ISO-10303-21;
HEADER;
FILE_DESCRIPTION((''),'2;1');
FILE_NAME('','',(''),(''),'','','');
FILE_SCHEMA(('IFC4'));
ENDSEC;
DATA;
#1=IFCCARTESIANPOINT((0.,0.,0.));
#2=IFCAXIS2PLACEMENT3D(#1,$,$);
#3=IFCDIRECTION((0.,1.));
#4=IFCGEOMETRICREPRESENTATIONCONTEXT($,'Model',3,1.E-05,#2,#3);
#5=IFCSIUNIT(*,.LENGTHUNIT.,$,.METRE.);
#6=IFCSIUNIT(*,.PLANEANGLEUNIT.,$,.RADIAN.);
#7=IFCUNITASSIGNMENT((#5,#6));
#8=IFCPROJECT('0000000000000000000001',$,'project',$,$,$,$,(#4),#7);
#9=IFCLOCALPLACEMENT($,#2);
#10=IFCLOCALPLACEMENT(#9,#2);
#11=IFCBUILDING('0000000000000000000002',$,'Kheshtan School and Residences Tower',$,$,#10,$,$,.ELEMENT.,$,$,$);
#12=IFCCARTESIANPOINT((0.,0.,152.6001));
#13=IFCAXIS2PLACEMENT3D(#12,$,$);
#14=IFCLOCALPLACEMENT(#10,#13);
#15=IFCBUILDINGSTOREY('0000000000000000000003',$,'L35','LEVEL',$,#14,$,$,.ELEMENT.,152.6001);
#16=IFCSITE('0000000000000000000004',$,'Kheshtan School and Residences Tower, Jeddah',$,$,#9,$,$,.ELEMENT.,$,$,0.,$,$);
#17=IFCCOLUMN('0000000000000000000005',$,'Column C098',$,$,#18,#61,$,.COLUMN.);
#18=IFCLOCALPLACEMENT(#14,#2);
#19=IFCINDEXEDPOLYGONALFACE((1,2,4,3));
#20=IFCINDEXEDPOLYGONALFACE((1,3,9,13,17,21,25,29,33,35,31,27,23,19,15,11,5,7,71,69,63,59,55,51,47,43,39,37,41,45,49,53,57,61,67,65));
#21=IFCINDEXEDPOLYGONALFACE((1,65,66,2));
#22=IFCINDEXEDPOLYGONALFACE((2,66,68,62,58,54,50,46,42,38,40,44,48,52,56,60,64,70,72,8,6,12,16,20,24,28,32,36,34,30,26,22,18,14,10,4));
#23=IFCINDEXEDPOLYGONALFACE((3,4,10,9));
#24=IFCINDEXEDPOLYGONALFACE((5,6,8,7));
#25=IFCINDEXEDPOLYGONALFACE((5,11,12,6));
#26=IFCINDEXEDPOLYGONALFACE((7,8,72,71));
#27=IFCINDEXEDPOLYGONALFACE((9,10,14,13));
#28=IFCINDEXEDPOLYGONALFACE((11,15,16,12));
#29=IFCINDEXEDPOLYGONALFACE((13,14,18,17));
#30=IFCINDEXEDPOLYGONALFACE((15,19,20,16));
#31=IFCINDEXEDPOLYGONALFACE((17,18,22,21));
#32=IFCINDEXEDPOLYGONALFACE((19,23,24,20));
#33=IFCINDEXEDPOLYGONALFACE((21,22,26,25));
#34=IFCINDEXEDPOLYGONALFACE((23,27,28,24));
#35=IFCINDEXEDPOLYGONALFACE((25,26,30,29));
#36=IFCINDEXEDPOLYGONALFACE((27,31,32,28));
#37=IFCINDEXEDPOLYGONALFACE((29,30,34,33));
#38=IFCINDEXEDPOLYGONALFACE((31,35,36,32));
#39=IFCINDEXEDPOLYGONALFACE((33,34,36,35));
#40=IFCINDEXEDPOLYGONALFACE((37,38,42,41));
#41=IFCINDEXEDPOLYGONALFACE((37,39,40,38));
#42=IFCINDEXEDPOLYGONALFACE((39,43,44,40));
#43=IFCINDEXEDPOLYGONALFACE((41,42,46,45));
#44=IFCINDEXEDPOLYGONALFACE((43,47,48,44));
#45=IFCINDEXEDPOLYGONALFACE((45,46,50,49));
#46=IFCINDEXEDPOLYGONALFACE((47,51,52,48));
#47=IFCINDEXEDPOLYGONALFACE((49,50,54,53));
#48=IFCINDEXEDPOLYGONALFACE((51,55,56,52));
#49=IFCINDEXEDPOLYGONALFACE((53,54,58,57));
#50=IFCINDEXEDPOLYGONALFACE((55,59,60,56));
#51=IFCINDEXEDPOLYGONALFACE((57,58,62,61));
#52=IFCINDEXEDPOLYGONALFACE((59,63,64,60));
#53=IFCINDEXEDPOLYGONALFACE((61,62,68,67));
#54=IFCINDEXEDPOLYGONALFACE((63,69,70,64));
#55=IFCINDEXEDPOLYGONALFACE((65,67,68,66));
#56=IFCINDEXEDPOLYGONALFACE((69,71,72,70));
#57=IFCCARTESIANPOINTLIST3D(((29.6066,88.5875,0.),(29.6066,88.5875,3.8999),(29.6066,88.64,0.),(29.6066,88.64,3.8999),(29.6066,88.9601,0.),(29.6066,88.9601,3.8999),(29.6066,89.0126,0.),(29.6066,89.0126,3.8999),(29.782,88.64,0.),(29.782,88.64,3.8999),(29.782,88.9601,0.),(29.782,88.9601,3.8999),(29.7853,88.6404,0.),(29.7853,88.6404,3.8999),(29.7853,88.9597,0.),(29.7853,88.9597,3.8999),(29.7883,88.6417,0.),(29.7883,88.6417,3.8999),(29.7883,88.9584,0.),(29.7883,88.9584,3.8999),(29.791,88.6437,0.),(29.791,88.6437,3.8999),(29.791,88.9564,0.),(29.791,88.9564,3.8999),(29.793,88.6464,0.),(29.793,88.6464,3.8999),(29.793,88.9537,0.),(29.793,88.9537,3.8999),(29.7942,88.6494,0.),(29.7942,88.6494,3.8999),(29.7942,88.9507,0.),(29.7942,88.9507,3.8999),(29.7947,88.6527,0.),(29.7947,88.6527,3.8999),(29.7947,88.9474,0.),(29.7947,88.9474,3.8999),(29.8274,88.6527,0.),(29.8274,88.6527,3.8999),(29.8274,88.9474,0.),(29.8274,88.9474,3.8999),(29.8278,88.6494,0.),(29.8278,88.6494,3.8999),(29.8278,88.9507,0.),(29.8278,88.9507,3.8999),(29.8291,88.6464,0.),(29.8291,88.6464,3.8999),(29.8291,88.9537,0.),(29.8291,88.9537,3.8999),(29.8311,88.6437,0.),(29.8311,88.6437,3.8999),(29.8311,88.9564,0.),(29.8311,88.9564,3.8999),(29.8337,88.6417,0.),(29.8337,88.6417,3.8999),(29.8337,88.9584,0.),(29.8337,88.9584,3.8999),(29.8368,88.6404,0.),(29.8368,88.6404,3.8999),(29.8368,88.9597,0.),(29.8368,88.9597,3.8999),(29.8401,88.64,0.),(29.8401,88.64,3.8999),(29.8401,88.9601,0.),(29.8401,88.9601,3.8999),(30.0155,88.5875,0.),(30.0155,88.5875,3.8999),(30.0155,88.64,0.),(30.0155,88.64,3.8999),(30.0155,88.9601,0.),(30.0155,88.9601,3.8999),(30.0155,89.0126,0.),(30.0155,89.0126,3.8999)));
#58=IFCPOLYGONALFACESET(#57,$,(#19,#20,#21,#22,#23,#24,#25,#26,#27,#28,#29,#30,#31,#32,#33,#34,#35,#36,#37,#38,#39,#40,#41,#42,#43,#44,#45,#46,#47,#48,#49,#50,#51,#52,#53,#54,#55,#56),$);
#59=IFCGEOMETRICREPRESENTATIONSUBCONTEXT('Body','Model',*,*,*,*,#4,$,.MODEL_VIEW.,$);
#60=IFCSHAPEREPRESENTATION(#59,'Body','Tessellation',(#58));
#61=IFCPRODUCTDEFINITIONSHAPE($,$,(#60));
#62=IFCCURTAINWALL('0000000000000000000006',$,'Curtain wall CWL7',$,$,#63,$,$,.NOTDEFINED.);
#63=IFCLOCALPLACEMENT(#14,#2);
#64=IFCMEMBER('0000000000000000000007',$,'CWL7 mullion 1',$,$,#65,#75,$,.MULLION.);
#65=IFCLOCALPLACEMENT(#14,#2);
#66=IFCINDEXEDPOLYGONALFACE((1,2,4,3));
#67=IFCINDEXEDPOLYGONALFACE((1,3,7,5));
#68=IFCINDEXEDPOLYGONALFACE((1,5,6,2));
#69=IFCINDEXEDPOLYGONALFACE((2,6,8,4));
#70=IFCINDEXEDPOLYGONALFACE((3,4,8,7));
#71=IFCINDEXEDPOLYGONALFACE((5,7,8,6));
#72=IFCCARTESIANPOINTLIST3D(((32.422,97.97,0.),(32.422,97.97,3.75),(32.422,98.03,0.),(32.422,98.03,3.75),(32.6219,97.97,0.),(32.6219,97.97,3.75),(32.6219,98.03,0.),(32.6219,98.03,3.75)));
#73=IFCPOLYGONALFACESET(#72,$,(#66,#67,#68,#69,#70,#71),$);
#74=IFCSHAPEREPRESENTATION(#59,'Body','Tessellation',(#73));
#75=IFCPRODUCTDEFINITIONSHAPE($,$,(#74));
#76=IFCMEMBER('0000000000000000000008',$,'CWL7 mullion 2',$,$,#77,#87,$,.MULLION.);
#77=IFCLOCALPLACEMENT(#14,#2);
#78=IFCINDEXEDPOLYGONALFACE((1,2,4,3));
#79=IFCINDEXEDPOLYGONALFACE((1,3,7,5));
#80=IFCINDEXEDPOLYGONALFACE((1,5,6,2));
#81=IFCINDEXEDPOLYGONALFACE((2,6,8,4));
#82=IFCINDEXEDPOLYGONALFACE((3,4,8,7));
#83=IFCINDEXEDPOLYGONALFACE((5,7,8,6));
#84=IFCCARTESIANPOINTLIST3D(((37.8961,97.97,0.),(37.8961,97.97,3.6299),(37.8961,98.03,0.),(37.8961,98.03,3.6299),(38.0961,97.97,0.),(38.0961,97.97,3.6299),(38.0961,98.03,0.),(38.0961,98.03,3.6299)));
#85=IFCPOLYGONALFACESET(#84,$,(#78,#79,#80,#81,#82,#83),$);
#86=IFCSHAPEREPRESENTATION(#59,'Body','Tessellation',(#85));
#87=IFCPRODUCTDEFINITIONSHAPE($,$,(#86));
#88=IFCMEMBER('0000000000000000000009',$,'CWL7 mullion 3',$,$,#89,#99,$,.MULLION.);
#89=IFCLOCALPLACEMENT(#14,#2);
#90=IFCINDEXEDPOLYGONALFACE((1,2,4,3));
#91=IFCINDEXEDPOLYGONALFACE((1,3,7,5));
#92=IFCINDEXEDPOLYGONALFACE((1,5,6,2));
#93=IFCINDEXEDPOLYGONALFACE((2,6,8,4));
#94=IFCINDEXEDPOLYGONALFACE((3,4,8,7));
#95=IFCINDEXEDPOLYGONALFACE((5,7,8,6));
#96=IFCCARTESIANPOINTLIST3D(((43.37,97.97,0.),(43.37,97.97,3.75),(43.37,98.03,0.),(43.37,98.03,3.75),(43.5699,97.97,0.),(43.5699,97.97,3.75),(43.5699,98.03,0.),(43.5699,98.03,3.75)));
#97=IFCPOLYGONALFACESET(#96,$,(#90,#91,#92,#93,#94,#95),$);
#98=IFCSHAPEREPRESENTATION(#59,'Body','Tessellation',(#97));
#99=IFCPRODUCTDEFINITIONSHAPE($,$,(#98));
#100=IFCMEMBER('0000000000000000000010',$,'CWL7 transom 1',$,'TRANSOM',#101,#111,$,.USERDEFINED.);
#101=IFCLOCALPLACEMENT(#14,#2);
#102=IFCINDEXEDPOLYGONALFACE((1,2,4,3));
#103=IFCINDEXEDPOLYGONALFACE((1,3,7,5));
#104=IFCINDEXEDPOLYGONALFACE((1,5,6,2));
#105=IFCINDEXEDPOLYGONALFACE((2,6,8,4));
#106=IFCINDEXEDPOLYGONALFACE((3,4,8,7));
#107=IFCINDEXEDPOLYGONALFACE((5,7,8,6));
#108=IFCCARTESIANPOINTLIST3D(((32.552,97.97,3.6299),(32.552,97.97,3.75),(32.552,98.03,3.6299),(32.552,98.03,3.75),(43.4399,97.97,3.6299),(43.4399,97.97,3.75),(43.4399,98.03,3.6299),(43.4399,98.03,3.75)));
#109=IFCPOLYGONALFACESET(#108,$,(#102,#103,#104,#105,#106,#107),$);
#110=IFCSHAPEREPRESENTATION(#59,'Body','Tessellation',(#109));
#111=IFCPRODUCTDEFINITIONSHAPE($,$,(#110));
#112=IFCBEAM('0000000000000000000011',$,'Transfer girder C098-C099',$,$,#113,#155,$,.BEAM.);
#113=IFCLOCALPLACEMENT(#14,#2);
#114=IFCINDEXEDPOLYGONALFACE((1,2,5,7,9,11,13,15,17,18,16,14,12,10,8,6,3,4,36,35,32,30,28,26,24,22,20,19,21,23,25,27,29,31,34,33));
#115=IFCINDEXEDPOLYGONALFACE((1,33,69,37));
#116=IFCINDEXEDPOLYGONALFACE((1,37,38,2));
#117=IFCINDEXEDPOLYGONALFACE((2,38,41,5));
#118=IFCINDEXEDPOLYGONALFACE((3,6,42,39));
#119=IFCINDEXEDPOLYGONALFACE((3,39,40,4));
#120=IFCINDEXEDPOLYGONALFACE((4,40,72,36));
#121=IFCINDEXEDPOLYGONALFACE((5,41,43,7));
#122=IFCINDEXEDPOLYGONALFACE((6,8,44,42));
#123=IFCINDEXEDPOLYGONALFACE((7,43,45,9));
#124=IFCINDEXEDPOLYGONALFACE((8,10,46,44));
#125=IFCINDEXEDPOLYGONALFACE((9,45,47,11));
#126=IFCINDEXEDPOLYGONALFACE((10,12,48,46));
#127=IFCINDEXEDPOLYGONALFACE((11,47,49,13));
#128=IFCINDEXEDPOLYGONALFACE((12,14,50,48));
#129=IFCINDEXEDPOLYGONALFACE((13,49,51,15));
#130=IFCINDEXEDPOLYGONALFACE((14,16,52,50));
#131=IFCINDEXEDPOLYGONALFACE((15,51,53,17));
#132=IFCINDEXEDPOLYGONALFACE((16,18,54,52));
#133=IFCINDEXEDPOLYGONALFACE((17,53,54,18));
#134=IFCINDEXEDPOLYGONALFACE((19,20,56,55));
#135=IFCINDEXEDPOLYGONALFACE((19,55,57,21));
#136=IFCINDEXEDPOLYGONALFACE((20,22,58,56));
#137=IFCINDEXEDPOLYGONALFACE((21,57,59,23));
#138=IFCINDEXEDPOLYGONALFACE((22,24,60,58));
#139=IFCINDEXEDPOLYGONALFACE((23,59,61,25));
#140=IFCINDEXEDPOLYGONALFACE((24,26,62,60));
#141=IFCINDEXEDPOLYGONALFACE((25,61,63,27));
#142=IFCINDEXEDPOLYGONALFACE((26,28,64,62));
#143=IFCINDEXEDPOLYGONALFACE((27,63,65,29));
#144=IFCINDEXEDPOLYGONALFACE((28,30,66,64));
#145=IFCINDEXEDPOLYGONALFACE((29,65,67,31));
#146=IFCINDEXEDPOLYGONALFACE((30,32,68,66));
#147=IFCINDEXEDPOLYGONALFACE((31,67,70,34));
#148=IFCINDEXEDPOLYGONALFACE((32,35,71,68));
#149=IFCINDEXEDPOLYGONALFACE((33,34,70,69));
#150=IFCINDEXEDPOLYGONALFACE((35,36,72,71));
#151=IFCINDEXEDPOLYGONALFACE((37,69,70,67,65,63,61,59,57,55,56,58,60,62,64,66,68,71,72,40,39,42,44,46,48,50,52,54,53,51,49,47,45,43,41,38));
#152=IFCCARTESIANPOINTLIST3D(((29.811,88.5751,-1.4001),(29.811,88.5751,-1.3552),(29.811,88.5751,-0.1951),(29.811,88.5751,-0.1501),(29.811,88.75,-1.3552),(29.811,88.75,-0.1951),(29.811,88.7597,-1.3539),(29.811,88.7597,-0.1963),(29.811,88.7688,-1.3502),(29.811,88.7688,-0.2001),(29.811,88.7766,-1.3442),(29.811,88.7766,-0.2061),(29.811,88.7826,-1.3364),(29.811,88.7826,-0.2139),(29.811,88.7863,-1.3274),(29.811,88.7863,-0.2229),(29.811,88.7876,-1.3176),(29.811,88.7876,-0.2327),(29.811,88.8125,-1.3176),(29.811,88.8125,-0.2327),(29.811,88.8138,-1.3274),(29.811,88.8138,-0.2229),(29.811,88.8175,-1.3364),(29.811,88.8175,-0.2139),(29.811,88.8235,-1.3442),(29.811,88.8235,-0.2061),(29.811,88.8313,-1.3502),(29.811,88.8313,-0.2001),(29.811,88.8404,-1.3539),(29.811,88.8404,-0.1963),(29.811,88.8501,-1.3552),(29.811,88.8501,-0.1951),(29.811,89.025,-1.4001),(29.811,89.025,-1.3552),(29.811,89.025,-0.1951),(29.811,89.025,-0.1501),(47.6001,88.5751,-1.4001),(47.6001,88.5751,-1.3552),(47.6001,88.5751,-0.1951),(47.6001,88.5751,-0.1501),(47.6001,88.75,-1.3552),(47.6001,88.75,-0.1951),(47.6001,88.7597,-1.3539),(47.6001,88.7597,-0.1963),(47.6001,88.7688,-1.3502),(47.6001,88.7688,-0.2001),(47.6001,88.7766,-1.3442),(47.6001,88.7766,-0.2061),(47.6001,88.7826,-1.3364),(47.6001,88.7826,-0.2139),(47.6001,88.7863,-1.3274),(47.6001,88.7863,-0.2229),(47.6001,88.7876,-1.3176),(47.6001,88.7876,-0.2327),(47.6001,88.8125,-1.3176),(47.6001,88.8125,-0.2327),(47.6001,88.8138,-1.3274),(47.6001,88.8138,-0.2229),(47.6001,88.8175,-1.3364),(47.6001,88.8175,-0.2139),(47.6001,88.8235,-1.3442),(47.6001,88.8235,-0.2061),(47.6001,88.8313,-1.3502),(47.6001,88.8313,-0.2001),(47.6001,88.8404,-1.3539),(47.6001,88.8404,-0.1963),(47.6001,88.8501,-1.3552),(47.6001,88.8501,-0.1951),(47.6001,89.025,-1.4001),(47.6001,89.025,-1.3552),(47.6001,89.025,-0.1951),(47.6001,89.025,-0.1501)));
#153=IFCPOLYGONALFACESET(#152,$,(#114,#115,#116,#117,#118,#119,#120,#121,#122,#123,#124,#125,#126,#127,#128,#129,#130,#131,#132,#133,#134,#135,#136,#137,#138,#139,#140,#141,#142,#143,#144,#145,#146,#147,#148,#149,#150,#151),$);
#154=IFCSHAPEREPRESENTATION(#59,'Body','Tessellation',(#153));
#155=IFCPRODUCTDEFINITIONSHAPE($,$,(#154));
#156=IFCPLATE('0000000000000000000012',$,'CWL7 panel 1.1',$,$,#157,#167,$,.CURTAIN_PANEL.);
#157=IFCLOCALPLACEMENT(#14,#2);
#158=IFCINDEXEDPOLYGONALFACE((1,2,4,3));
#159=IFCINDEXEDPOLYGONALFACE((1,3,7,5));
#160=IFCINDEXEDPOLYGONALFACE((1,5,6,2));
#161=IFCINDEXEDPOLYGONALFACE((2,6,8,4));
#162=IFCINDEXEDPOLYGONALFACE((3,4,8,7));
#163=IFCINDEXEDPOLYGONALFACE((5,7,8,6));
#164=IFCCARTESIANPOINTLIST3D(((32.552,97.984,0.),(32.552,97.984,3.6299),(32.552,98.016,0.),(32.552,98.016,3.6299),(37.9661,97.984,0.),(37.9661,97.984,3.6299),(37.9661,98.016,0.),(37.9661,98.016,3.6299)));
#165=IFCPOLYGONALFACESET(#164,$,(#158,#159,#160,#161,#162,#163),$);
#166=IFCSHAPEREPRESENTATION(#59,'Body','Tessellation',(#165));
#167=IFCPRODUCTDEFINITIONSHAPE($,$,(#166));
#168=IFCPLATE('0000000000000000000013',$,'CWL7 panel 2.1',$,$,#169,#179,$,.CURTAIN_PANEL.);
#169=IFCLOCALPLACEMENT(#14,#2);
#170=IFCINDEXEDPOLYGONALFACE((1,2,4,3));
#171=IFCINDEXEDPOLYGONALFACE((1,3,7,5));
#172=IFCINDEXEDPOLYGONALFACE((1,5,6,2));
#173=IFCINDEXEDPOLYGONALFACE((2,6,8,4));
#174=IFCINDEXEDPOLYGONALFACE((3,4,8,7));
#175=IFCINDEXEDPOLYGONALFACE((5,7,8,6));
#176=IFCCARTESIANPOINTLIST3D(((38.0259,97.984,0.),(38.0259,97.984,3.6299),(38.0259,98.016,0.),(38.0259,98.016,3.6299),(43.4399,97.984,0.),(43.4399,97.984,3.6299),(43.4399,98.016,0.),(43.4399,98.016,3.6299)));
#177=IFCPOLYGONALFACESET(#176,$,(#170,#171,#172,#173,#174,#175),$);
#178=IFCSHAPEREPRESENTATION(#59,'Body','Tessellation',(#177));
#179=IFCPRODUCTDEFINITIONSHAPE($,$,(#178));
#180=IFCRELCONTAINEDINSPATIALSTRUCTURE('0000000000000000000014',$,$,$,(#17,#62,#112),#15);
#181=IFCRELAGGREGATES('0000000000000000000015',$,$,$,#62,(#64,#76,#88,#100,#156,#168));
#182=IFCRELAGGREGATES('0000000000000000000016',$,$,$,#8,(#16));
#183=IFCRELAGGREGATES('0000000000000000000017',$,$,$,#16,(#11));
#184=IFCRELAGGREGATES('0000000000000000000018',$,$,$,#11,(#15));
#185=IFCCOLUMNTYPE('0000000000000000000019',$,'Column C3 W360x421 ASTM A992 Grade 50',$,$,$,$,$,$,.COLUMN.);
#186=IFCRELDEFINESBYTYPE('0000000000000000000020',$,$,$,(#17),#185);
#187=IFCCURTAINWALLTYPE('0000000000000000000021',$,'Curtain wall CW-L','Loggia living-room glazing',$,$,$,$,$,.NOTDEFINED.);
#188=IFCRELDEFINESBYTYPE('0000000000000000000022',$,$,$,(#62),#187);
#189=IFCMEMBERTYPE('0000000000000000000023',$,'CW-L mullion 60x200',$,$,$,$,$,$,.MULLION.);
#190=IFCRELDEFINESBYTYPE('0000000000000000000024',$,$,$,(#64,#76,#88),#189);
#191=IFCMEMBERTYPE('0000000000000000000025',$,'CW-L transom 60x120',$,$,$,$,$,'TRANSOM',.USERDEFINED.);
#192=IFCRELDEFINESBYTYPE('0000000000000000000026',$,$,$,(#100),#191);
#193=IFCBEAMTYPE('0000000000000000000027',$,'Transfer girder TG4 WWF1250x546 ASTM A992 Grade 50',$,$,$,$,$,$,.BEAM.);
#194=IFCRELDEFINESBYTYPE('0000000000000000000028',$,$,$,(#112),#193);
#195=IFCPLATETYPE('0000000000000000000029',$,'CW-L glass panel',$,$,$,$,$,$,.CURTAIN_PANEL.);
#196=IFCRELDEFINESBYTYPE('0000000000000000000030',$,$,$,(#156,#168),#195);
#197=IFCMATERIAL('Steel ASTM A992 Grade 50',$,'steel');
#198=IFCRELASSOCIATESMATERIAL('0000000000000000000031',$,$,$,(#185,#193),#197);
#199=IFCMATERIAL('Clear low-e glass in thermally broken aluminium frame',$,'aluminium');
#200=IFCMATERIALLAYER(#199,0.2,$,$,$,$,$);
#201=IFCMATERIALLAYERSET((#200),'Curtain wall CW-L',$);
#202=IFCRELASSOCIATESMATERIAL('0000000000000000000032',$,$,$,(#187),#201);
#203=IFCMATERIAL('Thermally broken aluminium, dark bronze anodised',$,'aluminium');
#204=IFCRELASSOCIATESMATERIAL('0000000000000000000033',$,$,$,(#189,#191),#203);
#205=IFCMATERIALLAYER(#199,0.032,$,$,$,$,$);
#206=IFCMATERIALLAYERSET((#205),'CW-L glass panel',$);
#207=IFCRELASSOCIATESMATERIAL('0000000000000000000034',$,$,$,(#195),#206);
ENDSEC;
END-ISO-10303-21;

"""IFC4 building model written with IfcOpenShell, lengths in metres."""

from ifc_helpers import new_model, si_unit, direction, frame, origin, origin_2d, place, context, subcontext, project, spatial, rectangle, i_section, extrude, material, layer, layer_set, material_profile, profile_set, type_object, element, aggregate, save


model = new_model("IFC4")

# Units and contexts
model_context = context("Model", 3, precision=1e-05, world=origin(), true_north=direction((0.0, 1.0)))
body_context = subcontext(model_context, "Body", "Model", "MODEL_VIEW")
ifc_project = project(units=[si_unit("LENGTHUNIT", "METRE"), si_unit("PLANEANGLEUNIT", "RADIAN")], contexts=[model_context])

# Site, building, storey
site_placement = place(None, origin())
site = spatial("IfcSite", under=ifc_project, at=site_placement, Name="Kheshtan School and Residences Tower, Jeddah", CompositionType="ELEMENT", RefElevation=0.0)
building_placement = place(site_placement, origin())
building = spatial("IfcBuilding", under=site, at=building_placement, Name="Kheshtan School and Residences Tower", CompositionType="ELEMENT")
storey_placement = place(building_placement, frame((0.0, 0.0, 152.6001)))
storey = spatial("IfcBuildingStorey", under=building, at=storey_placement, Name="L35", Description="LEVEL", CompositionType="ELEMENT", Elevation=152.6001)

# Column
ifc_material_1 = material(Name="Steel ASTM A992 Grade 50", Category="steel")
ifc_material_profile_1 = material_profile(ifc_material_1, i_section(OverallWidth=0.4089, OverallDepth=0.425, WebThickness=0.0327, FlangeThickness=0.0525, FilletRadius=0.0127, at=origin_2d()), Name="W360x421")
ifc_profile_set_1 = profile_set([ifc_material_profile_1], Name="Steel ASTM A992 Grade 50")
column_type = type_object("IfcColumnType", Name="Column C3 W360x421 ASTM A992 Grade 50", PredefinedType="COLUMN", material=ifc_profile_set_1)
column_placement = place(storey_placement, frame((29.811, 88.8, 0.0), z_axis=(0.0, 0.0, 1.0), x_axis=(1.0, 0.0, 0.0)))
element("IfcColumn", 1, at=column_placement, inside=storey, type_object=column_type, Name="Column C098", PredefinedType="COLUMN", context=body_context, shape_type="SweptSolid", body=[
    extrude(i_section(OverallWidth=0.4089, OverallDepth=0.425, WebThickness=0.0327, FlangeThickness=0.0525, FilletRadius=0.0127, at=origin_2d()), origin(), (0.0, 0.0, 1.0), 3.8999),
])

# Curtain wall, members
ifc_material_2 = material(Name="Clear low-e glass in thermally broken aluminium frame", Category="aluminium")
ifc_layer_1 = layer(ifc_material_2, 0.2)
ifc_layer_set_1 = layer_set([ifc_layer_1], Name="Curtain wall CW-L")
curtain_wall_type = type_object("IfcCurtainWallType", Name="Curtain wall CW-L", Description="Loggia living-room glazing", PredefinedType="NOTDEFINED", material=ifc_layer_set_1)
curtain_wall_placement = place(storey_placement, origin())
curtain_wall = element("IfcCurtainWall", 2, at=curtain_wall_placement, inside=storey, type_object=curtain_wall_type, Name="Curtain wall CWL7", PredefinedType="NOTDEFINED")
ifc_material_3 = material(Name="Thermally broken aluminium, dark bronze anodised", Category="aluminium")
ifc_material_profile_2 = material_profile(ifc_material_3, rectangle(XDim=0.0601, YDim=0.2, at=origin_2d()), Name="CW-L mullion 60x200")
ifc_profile_set_2 = profile_set([ifc_material_profile_2], Name="Thermally broken aluminium, dark bronze anodised")
member_type_1 = type_object("IfcMemberType", Name="CW-L mullion 60x200", PredefinedType="MULLION", material=ifc_profile_set_2)
member_1_placement = place(storey_placement, frame((32.522, 98.0, 0.0), z_axis=(0.0, 0.0, 1.0), x_axis=(0.0, 1.0, 0.0)))
member_1 = element("IfcMember", 3, at=member_1_placement, type_object=member_type_1, Name="CWL7 mullion 1", PredefinedType="MULLION", context=body_context, shape_type="SweptSolid", body=[
    extrude(rectangle(XDim=0.0601, YDim=0.2, at=origin_2d()), origin(), (0.0, 0.0, 1.0), 3.75),
])
member_2_placement = place(storey_placement, frame((37.9961, 98.0, 0.0), z_axis=(0.0, 0.0, 1.0), x_axis=(0.0, 1.0, 0.0)))
member_2 = element("IfcMember", 4, at=member_2_placement, type_object=member_type_1, Name="CWL7 mullion 2", PredefinedType="MULLION", context=body_context, shape_type="SweptSolid", body=[
    extrude(rectangle(XDim=0.0601, YDim=0.2, at=origin_2d()), origin(), (0.0, 0.0, 1.0), 3.6299),
])
member_3_placement = place(storey_placement, frame((43.47, 98.0, 0.0), z_axis=(0.0, 0.0, 1.0), x_axis=(0.0, 1.0, 0.0)))
member_3 = element("IfcMember", 5, at=member_3_placement, type_object=member_type_1, Name="CWL7 mullion 3", PredefinedType="MULLION", context=body_context, shape_type="SweptSolid", body=[
    extrude(rectangle(XDim=0.0601, YDim=0.2, at=origin_2d()), origin(), (0.0, 0.0, 1.0), 3.75),
])
ifc_material_profile_3 = material_profile(ifc_material_3, rectangle(XDim=0.0601, YDim=0.1201, at=origin_2d()), Name="CW-L transom 60x120")
ifc_profile_set_3 = profile_set([ifc_material_profile_3], Name="Thermally broken aluminium, dark bronze anodised")
member_type_2 = type_object("IfcMemberType", Name="CW-L transom 60x120", ElementType="TRANSOM", PredefinedType="USERDEFINED", material=ifc_profile_set_3)
member_4_placement = place(storey_placement, frame((32.552, 98.0, 3.6899), z_axis=(1.0, 0.0, 0.0), x_axis=(0.0, 1.0, 0.0)))
member_4 = element("IfcMember", 6, at=member_4_placement, type_object=member_type_2, Name="CWL7 transom 1", ObjectType="TRANSOM", PredefinedType="USERDEFINED", context=body_context, shape_type="SweptSolid", body=[
    extrude(rectangle(XDim=0.0601, YDim=0.1201, at=origin_2d()), origin(), (0.0, 0.0, 1.0), 10.8879),
])

# Beam
ifc_material_profile_4 = material_profile(ifc_material_1, i_section(OverallWidth=0.45, OverallDepth=1.25, WebThickness=0.0249, FlangeThickness=0.0449, FilletRadius=0.0376, at=origin_2d()), Name="WWF1250x546")
ifc_profile_set_4 = profile_set([ifc_material_profile_4], Name="Steel ASTM A992 Grade 50")
beam_type = type_object("IfcBeamType", Name="Transfer girder TG4 WWF1250x546 ASTM A992 Grade 50", PredefinedType="BEAM", material=ifc_profile_set_4)
beam_placement = place(storey_placement, frame((29.811, 88.8, -0.7751), z_axis=(1.0, 0.0, 0.0), x_axis=(0.0, 1.0, 0.0)))
element("IfcBeam", 7, at=beam_placement, inside=storey, type_object=beam_type, Name="Transfer girder C098-C099", PredefinedType="BEAM", context=body_context, shape_type="SweptSolid", body=[
    extrude(i_section(OverallWidth=0.45, OverallDepth=1.25, WebThickness=0.0249, FlangeThickness=0.0449, FilletRadius=0.0376, at=origin_2d()), origin(), (0.0, 0.0, 1.0), 17.7891),
])

# Plates
ifc_layer_2 = layer(ifc_material_2, 0.032)
ifc_layer_set_2 = layer_set([ifc_layer_2], Name="CW-L glass panel")
plate_type = type_object("IfcPlateType", Name="CW-L glass panel", PredefinedType="CURTAIN_PANEL", material=ifc_layer_set_2)
plate_1_placement = place(storey_placement, frame((35.259, 98.0, 0.0), z_axis=(0.0, 0.0, 1.0), x_axis=(1.0, 0.0, 0.0)))
plate_1 = element("IfcPlate", 8, at=plate_1_placement, type_object=plate_type, Name="CWL7 panel 1.1", PredefinedType="CURTAIN_PANEL", context=body_context, shape_type="SweptSolid", body=[
    extrude(rectangle(XDim=5.4141, YDim=0.032, at=origin_2d()), origin(), (0.0, 0.0, 1.0), 3.6299),
])
plate_2_placement = place(storey_placement, frame((40.7329, 98.0, 0.0), z_axis=(0.0, 0.0, 1.0), x_axis=(1.0, 0.0, 0.0)))
plate_2 = element("IfcPlate", 9, at=plate_2_placement, type_object=plate_type, Name="CWL7 panel 2.1", PredefinedType="CURTAIN_PANEL", context=body_context, shape_type="SweptSolid", body=[
    extrude(rectangle(XDim=5.4141, YDim=0.032, at=origin_2d()), origin(), (0.0, 0.0, 1.0), 3.6299),
])
aggregate(curtain_wall, [member_1, member_2, member_3, member_4, plate_1, plate_2])

save(model, "model.ifc")
